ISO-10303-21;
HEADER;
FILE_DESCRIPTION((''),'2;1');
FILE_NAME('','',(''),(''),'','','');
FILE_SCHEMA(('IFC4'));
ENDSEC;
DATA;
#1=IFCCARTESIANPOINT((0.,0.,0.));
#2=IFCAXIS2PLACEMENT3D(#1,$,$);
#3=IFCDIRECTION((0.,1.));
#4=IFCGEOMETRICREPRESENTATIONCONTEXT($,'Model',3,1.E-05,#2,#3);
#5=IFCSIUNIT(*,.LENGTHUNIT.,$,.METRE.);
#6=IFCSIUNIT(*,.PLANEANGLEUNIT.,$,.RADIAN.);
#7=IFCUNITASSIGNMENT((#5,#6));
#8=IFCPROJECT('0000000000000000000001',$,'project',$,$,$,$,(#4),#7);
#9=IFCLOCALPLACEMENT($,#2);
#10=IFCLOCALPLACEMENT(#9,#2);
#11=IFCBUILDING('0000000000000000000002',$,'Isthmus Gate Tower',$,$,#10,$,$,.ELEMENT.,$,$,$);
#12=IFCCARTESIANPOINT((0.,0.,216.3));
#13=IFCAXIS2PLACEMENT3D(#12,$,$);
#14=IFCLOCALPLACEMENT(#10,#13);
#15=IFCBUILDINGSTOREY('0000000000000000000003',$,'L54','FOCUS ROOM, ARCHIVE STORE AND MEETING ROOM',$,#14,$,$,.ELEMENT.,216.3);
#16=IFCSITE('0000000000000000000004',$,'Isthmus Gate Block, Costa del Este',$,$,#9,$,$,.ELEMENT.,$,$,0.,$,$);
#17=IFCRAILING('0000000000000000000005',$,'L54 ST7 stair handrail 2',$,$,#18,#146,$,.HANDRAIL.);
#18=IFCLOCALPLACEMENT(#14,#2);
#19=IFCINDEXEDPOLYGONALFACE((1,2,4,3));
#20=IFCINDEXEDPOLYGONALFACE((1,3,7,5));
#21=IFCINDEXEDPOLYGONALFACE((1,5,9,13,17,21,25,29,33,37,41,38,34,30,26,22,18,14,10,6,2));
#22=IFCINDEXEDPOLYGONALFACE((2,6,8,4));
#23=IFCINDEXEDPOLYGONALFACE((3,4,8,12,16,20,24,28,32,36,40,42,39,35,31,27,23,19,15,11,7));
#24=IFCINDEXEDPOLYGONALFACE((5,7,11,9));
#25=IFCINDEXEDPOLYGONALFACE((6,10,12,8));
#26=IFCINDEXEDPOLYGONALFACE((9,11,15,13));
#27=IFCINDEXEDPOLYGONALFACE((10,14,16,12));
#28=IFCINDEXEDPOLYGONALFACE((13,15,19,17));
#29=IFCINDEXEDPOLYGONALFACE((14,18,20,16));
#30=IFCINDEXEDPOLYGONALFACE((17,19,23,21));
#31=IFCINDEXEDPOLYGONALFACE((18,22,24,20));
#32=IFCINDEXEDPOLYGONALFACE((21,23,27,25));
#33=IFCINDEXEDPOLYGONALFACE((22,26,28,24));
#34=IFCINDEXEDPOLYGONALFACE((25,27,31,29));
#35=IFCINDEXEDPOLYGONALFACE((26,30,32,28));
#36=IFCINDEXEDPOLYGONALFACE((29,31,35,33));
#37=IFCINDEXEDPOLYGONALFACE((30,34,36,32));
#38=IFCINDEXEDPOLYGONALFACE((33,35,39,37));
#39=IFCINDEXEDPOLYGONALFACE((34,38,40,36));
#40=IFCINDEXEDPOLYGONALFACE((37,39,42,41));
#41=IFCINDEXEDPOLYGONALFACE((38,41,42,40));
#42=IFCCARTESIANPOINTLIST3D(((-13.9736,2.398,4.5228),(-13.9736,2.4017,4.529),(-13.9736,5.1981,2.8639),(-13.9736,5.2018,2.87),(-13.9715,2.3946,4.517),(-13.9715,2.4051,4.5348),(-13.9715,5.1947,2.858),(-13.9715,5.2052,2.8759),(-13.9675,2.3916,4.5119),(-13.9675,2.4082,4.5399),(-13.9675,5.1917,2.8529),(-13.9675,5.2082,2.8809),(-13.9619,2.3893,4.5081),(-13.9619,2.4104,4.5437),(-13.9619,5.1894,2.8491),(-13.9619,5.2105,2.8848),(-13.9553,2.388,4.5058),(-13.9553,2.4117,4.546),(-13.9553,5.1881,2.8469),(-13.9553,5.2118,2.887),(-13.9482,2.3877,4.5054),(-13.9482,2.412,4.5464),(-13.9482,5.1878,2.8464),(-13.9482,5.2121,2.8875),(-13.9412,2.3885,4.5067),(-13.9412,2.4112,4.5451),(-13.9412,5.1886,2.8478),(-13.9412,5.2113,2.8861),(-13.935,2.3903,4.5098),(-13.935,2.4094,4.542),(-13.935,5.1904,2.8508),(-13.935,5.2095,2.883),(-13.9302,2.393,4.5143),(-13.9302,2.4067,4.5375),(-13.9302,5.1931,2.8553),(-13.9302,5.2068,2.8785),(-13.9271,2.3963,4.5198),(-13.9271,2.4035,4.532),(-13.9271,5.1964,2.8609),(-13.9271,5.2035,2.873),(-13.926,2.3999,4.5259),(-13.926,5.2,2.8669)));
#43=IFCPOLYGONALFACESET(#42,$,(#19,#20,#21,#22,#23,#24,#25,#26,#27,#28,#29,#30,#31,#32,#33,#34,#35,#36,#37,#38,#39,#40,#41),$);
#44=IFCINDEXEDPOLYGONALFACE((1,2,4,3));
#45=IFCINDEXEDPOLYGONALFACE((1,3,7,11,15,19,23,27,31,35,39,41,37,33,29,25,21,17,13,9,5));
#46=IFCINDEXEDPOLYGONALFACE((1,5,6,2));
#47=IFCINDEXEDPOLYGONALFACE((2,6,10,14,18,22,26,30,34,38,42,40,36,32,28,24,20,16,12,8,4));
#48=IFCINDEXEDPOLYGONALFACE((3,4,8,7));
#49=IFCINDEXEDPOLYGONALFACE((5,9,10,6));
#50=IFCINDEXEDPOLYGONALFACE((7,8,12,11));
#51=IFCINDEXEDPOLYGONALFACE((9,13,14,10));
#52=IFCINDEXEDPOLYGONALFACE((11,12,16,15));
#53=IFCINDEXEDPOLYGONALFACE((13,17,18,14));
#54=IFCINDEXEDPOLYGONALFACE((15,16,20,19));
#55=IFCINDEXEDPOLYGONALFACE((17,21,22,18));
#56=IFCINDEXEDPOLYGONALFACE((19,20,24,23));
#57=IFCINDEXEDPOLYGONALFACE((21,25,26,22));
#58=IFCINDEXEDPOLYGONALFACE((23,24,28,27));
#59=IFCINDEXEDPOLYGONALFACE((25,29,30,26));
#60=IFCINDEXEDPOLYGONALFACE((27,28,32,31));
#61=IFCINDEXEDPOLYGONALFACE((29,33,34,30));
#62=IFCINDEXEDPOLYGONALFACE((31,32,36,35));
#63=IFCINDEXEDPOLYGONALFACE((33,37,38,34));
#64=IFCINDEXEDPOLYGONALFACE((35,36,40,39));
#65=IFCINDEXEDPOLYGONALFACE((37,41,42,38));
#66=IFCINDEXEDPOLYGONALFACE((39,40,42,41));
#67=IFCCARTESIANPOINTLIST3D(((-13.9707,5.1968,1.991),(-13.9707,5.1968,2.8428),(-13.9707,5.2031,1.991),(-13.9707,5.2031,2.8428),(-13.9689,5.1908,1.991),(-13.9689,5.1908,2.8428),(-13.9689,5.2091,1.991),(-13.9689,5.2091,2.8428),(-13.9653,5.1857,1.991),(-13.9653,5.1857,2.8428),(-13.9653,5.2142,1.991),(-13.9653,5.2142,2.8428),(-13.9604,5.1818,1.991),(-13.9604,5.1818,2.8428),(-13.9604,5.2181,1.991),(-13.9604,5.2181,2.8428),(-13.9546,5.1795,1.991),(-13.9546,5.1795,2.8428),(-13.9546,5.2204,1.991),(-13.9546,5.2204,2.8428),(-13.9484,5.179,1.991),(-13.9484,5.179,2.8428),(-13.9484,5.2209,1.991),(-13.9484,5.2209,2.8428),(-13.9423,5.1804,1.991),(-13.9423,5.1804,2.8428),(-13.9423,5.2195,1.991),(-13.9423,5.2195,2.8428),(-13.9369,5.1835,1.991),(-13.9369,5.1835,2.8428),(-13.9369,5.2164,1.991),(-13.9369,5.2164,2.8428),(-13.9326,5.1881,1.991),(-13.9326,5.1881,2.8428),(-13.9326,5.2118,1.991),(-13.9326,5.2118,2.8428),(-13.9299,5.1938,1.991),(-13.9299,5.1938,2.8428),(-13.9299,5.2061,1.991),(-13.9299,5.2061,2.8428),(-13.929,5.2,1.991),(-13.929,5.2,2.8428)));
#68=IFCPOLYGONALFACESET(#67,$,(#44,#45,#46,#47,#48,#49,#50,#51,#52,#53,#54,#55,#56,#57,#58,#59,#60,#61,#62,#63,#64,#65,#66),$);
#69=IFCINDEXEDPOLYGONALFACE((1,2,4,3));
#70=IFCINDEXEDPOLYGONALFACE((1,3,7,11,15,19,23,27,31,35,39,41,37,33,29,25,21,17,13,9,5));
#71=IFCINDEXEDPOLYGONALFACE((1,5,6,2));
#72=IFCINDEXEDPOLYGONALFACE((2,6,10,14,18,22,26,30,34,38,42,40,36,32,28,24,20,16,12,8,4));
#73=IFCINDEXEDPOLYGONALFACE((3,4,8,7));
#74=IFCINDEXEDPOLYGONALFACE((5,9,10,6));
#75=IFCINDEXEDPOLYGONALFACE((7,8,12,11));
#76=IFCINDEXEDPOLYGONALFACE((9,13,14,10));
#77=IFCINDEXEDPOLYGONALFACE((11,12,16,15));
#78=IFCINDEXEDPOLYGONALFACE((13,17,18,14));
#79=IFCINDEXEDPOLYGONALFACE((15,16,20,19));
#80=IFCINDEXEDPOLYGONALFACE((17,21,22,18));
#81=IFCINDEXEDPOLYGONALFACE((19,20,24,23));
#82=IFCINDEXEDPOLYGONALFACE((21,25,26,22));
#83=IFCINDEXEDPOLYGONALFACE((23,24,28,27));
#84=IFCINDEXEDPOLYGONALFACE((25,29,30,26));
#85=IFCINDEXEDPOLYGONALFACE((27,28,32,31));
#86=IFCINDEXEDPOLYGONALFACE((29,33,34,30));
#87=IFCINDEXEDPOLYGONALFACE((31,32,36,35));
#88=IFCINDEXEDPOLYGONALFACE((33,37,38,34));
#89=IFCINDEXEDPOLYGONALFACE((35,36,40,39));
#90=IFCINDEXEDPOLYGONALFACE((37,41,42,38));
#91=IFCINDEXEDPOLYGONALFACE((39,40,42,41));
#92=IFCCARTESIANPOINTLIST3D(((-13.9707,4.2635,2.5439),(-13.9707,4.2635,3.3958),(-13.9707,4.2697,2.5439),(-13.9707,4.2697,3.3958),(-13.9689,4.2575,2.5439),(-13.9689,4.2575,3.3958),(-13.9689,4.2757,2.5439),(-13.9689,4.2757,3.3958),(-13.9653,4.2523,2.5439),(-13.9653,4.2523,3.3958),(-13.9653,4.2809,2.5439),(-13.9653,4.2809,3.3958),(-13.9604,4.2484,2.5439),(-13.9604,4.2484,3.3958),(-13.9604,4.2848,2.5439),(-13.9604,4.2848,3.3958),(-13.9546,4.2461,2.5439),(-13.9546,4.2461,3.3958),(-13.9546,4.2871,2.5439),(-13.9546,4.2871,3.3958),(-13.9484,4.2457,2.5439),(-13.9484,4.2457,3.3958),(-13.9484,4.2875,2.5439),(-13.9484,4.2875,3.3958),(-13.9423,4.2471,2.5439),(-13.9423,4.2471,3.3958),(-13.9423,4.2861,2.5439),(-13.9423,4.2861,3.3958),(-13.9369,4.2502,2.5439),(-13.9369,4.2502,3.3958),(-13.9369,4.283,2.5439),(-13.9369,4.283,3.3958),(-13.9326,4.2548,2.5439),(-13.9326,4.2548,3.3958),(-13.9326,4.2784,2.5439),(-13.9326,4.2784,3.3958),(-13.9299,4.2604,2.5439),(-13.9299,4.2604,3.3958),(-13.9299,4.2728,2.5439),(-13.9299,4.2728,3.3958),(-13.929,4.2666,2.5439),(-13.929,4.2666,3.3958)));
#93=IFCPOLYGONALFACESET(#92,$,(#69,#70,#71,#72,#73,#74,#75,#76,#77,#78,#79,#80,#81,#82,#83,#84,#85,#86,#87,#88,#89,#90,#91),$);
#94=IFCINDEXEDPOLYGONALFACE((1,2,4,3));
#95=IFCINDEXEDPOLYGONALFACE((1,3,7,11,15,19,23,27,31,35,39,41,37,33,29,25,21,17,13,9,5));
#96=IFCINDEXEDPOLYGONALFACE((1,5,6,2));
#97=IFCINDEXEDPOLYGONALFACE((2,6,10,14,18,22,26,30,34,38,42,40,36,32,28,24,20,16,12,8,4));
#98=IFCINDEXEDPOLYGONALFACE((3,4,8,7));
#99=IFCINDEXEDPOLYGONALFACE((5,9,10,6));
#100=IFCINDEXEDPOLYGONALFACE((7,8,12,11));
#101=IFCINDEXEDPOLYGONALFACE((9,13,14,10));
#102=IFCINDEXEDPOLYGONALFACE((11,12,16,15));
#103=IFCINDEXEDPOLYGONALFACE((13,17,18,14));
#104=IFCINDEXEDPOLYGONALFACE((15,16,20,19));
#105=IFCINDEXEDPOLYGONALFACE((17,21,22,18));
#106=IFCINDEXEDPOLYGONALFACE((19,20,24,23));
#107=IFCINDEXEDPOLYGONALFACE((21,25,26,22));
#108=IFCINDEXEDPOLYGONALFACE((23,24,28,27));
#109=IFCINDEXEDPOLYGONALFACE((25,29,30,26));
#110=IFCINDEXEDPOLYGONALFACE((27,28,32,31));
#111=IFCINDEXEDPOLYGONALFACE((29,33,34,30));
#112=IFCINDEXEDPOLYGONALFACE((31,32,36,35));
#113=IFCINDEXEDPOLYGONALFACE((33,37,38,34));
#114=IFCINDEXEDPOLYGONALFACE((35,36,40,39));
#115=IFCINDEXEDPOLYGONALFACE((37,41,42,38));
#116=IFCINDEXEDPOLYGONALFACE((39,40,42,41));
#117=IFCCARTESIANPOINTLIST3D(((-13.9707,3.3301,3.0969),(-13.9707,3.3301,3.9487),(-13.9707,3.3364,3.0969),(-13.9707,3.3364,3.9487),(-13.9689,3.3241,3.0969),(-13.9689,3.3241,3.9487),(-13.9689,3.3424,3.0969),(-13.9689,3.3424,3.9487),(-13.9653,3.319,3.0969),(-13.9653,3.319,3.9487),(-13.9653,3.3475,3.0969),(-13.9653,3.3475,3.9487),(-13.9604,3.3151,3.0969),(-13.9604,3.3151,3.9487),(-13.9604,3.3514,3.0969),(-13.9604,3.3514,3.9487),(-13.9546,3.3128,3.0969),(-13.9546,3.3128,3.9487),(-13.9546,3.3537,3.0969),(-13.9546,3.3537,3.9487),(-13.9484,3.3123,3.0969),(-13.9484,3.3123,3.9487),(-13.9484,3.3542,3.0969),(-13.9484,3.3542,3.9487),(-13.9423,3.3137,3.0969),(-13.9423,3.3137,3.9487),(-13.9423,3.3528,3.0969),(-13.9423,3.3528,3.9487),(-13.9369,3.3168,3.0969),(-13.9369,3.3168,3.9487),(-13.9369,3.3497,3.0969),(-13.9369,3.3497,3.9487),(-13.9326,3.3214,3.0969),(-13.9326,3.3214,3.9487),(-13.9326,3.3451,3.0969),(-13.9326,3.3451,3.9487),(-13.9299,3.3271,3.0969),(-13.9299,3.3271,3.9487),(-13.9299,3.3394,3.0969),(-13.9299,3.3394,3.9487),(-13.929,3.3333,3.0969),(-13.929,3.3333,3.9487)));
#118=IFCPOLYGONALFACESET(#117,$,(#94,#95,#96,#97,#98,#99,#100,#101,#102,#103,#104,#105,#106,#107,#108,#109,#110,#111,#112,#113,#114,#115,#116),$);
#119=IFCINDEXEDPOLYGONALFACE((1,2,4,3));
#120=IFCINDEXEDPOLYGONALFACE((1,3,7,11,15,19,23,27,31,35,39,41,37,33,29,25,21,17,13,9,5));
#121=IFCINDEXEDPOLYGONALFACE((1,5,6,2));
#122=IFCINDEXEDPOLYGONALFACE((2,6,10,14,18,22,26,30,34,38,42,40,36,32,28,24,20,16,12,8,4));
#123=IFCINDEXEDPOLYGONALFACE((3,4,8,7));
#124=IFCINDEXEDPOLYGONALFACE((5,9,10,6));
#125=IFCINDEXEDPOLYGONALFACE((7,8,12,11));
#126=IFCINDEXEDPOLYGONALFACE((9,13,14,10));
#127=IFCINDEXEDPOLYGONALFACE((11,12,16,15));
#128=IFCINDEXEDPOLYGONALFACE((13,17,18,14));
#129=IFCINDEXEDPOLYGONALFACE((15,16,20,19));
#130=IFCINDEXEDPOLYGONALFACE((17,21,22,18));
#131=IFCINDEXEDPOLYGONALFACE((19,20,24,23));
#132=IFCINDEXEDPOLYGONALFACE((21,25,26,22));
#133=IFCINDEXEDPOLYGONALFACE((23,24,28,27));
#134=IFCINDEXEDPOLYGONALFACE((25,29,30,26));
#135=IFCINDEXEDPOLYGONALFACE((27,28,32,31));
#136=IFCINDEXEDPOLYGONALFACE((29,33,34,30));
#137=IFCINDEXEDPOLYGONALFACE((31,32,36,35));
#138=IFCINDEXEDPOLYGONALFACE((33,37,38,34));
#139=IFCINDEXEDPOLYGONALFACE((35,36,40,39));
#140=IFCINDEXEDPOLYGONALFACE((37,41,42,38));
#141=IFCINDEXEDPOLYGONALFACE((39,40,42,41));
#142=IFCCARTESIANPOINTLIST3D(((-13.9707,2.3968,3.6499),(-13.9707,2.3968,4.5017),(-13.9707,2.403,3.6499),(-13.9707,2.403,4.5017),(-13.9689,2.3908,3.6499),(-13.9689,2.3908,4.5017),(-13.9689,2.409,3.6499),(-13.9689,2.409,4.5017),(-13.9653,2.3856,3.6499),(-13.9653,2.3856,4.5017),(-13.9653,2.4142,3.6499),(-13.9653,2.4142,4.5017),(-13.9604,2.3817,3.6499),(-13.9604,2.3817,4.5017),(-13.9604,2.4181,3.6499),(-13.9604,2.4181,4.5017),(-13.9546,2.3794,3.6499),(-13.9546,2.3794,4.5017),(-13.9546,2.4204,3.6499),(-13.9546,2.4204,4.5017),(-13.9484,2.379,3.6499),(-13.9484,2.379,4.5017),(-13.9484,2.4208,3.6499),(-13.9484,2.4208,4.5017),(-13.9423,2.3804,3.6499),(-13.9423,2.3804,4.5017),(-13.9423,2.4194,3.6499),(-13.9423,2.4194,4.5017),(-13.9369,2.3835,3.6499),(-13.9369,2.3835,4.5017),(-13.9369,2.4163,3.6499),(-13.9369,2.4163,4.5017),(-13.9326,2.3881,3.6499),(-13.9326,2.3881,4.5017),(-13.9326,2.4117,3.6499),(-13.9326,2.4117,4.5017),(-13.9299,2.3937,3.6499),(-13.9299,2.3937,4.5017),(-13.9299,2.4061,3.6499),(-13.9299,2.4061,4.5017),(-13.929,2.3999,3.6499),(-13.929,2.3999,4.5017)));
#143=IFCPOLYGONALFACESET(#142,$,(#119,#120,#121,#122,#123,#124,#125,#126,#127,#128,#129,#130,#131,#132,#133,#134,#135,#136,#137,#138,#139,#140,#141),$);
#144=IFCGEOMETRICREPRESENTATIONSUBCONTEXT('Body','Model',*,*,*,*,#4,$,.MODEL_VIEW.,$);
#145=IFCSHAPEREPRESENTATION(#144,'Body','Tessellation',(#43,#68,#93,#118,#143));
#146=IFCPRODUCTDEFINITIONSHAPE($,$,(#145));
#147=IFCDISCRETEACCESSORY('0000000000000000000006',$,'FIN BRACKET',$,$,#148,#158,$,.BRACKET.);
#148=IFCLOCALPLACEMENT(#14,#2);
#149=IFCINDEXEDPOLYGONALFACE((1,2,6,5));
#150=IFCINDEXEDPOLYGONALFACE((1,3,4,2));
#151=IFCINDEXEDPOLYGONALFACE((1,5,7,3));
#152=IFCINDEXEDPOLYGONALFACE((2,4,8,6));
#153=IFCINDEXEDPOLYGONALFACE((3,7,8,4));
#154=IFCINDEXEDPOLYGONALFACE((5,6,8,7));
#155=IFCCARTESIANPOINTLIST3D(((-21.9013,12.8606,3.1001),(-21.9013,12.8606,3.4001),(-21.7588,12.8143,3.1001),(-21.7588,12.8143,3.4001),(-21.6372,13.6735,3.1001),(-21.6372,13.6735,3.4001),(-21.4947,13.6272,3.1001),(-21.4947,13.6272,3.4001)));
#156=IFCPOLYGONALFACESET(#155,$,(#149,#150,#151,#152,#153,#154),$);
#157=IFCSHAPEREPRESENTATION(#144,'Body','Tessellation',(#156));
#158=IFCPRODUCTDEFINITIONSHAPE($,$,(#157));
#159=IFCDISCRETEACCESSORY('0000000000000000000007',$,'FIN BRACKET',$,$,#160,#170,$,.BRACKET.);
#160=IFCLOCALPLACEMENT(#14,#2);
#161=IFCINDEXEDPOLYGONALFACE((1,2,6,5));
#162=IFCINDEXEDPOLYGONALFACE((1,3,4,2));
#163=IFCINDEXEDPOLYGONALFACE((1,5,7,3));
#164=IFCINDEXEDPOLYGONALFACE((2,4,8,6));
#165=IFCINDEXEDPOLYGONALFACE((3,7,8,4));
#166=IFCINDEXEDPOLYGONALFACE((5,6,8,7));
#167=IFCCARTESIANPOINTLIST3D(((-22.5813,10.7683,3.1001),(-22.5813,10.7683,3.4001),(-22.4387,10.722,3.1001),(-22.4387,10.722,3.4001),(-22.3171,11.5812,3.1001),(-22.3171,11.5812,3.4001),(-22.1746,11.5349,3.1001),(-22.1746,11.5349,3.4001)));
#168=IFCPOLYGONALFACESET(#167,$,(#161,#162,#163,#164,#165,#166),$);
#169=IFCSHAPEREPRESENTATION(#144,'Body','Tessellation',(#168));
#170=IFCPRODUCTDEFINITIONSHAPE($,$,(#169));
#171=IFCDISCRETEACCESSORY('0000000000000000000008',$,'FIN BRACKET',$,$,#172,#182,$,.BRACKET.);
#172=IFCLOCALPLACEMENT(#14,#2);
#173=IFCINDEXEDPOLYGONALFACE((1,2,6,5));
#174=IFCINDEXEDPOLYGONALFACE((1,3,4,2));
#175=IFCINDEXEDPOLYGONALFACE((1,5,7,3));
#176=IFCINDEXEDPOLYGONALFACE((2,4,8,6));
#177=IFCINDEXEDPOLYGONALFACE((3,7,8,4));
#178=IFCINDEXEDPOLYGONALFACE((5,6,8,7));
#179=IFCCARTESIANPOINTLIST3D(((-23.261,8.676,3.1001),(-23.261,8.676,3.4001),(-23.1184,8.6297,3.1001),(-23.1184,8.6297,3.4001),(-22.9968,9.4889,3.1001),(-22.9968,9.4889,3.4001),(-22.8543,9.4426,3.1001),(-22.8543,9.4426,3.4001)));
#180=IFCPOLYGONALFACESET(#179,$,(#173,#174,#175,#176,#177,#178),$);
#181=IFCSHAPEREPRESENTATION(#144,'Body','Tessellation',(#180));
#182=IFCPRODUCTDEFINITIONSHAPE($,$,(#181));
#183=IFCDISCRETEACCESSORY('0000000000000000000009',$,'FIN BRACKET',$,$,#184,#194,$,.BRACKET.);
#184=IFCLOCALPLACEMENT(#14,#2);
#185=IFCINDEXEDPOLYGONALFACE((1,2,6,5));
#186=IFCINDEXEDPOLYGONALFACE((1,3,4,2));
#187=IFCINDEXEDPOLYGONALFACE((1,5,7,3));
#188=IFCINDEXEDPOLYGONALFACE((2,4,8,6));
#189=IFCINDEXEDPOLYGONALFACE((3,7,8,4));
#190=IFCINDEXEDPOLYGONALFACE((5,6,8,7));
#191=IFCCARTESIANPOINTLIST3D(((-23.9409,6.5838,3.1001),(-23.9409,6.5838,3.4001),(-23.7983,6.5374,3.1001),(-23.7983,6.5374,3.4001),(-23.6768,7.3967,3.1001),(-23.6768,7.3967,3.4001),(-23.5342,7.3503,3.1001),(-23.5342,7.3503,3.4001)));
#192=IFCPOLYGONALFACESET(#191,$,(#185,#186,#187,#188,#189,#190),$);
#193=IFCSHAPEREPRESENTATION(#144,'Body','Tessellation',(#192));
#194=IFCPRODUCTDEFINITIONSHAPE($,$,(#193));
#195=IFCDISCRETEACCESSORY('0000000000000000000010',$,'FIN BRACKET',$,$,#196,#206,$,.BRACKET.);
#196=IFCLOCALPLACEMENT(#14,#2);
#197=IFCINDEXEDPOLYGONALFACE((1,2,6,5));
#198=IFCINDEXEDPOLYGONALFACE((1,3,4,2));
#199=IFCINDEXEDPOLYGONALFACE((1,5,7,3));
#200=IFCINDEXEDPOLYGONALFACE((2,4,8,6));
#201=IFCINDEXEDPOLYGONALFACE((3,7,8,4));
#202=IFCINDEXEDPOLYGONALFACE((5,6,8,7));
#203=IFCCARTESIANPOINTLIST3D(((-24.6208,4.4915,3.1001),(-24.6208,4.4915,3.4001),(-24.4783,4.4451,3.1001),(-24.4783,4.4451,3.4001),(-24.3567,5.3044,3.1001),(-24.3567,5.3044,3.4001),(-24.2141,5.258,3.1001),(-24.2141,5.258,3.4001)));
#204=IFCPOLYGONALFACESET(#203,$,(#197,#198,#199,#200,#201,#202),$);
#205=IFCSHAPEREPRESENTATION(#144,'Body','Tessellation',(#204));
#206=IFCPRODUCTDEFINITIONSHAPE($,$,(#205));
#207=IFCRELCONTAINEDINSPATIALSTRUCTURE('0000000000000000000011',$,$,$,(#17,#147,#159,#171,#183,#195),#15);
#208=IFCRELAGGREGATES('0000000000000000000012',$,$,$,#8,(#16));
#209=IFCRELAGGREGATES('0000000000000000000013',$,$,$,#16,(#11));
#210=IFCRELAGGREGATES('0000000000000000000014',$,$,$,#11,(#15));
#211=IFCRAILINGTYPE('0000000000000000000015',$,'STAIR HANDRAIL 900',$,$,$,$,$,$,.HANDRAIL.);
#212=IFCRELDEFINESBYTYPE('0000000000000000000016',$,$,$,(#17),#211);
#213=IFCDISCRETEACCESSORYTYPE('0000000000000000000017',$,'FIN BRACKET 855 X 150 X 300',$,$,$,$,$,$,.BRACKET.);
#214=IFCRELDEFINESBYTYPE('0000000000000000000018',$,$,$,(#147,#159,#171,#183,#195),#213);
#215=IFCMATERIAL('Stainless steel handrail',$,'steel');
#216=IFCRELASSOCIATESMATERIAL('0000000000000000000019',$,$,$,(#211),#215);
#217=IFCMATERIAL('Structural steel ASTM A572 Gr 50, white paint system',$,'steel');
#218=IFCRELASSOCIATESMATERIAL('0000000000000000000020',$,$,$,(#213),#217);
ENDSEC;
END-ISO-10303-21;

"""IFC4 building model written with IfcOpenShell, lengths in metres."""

from ifc_helpers import new_model, si_unit, direction, frame, origin, origin_2d, place, context, subcontext, project, spatial, rectangle, circle, extrude, material, type_object, element, save


model = new_model("IFC4")

# Units and contexts
model_context = context("Model", 3, precision=1e-05, world=origin(), true_north=direction((0.0, 1.0)))
body_context = subcontext(model_context, "Body", "Model", "MODEL_VIEW")
ifc_project = project(units=[si_unit("LENGTHUNIT", "METRE"), si_unit("PLANEANGLEUNIT", "RADIAN")], contexts=[model_context])

# Site, building, storey
site_placement = place(None, origin())
site = spatial("IfcSite", under=ifc_project, at=site_placement, Name="Isthmus Gate Block, Costa del Este", CompositionType="ELEMENT", RefElevation=0.0)
building_placement = place(site_placement, origin())
building = spatial("IfcBuilding", under=site, at=building_placement, Name="Isthmus Gate Tower", CompositionType="ELEMENT")
storey_placement = place(building_placement, frame((0.0, 0.0, 216.3)))
storey = spatial("IfcBuildingStorey", under=building, at=storey_placement, Name="L54", Description="FOCUS ROOM, ARCHIVE STORE AND MEETING ROOM", CompositionType="ELEMENT", Elevation=216.3)

# Railing
ifc_material_1 = material(Name="Stainless steel handrail", Category="steel")
railing_type = type_object("IfcRailingType", Name="STAIR HANDRAIL 900", PredefinedType="HANDRAIL", material=ifc_material_1)
railing_1_placement = place(storey_placement, frame((-13.95, 5.2, 1.991)))
element("IfcRailing", 1, at=railing_1_placement, inside=storey, type_object=railing_type, Name="L54 ST7 stair handrail 2", PredefinedType="HANDRAIL", context=body_context, shape_type="SweptSolid", body=[
    extrude(circle(Radius=0.0239, at=origin_2d()), frame((0.0, 0.0, 0.876), z_axis=(0.0, -0.860339, 0.509722), x_axis=(1.0, 0.0, 0.0)), (0.0, 0.0, 1.0), 3.2546),
    extrude(circle(Radius=0.021, at=origin_2d()), origin(), (0.0, 0.0, 1.0), 0.8518),
    extrude(circle(Radius=0.021, at=origin_2d()), frame((0.0, -0.9333, 0.553)), (0.0, 0.0, 1.0), 0.8518),
    extrude(circle(Radius=0.021, at=origin_2d()), frame((0.0, -1.8667, 1.106)), (0.0, 0.0, 1.0), 0.8518),
    extrude(circle(Radius=0.021, at=origin_2d()), frame((0.0, -2.8, 1.6589)), (0.0, 0.0, 1.0), 0.8518),
])

# Discrete accessories
ifc_material_2 = material(Name="Structural steel ASTM A572 Gr 50, white paint system", Category="steel")
discrete_accessory_type = type_object("IfcDiscreteAccessoryType", Name="FIN BRACKET 855 X 150 X 300", PredefinedType="BRACKET", material=ifc_material_2)
for number, where, z_axis, x_axis, name in (
    (2, (-21.698, 13.2439, 3.1001), (0.0, 0.0, 1.0), (-0.951057, 0.309017, 0.0), "FIN BRACKET"),
    (3, (-22.3779, 11.1516, 3.1001), (0.0, 0.0, 1.0), (-0.951057, 0.309017, 0.0), "FIN BRACKET"),
    (4, (-23.0576, 9.0593, 3.1001), (0.0, 0.0, 1.0), (-0.951057, 0.309017, 0.0), "FIN BRACKET"),
    (5, (-23.7375, 6.967, 3.1001), (0.0, 0.0, 1.0), (-0.951057, 0.309017, 0.0), "FIN BRACKET"),
    (6, (-24.4175, 4.8748, 3.1001), (0.0, 0.0, 1.0), (-0.951057, 0.309017, 0.0), "FIN BRACKET"),
):
    element("IfcDiscreteAccessory", number, at=place(storey_placement, frame(where, z_axis=z_axis, x_axis=x_axis)), inside=storey, type_object=discrete_accessory_type, Name=name, PredefinedType="BRACKET", context=body_context, shape_type="SweptSolid", body=[
        extrude(rectangle(XDim=0.1499, YDim=0.8547, at=origin_2d()), origin(), (0.0, 0.0, 1.0), 0.3),
    ])

save(model, "model.ifc")
